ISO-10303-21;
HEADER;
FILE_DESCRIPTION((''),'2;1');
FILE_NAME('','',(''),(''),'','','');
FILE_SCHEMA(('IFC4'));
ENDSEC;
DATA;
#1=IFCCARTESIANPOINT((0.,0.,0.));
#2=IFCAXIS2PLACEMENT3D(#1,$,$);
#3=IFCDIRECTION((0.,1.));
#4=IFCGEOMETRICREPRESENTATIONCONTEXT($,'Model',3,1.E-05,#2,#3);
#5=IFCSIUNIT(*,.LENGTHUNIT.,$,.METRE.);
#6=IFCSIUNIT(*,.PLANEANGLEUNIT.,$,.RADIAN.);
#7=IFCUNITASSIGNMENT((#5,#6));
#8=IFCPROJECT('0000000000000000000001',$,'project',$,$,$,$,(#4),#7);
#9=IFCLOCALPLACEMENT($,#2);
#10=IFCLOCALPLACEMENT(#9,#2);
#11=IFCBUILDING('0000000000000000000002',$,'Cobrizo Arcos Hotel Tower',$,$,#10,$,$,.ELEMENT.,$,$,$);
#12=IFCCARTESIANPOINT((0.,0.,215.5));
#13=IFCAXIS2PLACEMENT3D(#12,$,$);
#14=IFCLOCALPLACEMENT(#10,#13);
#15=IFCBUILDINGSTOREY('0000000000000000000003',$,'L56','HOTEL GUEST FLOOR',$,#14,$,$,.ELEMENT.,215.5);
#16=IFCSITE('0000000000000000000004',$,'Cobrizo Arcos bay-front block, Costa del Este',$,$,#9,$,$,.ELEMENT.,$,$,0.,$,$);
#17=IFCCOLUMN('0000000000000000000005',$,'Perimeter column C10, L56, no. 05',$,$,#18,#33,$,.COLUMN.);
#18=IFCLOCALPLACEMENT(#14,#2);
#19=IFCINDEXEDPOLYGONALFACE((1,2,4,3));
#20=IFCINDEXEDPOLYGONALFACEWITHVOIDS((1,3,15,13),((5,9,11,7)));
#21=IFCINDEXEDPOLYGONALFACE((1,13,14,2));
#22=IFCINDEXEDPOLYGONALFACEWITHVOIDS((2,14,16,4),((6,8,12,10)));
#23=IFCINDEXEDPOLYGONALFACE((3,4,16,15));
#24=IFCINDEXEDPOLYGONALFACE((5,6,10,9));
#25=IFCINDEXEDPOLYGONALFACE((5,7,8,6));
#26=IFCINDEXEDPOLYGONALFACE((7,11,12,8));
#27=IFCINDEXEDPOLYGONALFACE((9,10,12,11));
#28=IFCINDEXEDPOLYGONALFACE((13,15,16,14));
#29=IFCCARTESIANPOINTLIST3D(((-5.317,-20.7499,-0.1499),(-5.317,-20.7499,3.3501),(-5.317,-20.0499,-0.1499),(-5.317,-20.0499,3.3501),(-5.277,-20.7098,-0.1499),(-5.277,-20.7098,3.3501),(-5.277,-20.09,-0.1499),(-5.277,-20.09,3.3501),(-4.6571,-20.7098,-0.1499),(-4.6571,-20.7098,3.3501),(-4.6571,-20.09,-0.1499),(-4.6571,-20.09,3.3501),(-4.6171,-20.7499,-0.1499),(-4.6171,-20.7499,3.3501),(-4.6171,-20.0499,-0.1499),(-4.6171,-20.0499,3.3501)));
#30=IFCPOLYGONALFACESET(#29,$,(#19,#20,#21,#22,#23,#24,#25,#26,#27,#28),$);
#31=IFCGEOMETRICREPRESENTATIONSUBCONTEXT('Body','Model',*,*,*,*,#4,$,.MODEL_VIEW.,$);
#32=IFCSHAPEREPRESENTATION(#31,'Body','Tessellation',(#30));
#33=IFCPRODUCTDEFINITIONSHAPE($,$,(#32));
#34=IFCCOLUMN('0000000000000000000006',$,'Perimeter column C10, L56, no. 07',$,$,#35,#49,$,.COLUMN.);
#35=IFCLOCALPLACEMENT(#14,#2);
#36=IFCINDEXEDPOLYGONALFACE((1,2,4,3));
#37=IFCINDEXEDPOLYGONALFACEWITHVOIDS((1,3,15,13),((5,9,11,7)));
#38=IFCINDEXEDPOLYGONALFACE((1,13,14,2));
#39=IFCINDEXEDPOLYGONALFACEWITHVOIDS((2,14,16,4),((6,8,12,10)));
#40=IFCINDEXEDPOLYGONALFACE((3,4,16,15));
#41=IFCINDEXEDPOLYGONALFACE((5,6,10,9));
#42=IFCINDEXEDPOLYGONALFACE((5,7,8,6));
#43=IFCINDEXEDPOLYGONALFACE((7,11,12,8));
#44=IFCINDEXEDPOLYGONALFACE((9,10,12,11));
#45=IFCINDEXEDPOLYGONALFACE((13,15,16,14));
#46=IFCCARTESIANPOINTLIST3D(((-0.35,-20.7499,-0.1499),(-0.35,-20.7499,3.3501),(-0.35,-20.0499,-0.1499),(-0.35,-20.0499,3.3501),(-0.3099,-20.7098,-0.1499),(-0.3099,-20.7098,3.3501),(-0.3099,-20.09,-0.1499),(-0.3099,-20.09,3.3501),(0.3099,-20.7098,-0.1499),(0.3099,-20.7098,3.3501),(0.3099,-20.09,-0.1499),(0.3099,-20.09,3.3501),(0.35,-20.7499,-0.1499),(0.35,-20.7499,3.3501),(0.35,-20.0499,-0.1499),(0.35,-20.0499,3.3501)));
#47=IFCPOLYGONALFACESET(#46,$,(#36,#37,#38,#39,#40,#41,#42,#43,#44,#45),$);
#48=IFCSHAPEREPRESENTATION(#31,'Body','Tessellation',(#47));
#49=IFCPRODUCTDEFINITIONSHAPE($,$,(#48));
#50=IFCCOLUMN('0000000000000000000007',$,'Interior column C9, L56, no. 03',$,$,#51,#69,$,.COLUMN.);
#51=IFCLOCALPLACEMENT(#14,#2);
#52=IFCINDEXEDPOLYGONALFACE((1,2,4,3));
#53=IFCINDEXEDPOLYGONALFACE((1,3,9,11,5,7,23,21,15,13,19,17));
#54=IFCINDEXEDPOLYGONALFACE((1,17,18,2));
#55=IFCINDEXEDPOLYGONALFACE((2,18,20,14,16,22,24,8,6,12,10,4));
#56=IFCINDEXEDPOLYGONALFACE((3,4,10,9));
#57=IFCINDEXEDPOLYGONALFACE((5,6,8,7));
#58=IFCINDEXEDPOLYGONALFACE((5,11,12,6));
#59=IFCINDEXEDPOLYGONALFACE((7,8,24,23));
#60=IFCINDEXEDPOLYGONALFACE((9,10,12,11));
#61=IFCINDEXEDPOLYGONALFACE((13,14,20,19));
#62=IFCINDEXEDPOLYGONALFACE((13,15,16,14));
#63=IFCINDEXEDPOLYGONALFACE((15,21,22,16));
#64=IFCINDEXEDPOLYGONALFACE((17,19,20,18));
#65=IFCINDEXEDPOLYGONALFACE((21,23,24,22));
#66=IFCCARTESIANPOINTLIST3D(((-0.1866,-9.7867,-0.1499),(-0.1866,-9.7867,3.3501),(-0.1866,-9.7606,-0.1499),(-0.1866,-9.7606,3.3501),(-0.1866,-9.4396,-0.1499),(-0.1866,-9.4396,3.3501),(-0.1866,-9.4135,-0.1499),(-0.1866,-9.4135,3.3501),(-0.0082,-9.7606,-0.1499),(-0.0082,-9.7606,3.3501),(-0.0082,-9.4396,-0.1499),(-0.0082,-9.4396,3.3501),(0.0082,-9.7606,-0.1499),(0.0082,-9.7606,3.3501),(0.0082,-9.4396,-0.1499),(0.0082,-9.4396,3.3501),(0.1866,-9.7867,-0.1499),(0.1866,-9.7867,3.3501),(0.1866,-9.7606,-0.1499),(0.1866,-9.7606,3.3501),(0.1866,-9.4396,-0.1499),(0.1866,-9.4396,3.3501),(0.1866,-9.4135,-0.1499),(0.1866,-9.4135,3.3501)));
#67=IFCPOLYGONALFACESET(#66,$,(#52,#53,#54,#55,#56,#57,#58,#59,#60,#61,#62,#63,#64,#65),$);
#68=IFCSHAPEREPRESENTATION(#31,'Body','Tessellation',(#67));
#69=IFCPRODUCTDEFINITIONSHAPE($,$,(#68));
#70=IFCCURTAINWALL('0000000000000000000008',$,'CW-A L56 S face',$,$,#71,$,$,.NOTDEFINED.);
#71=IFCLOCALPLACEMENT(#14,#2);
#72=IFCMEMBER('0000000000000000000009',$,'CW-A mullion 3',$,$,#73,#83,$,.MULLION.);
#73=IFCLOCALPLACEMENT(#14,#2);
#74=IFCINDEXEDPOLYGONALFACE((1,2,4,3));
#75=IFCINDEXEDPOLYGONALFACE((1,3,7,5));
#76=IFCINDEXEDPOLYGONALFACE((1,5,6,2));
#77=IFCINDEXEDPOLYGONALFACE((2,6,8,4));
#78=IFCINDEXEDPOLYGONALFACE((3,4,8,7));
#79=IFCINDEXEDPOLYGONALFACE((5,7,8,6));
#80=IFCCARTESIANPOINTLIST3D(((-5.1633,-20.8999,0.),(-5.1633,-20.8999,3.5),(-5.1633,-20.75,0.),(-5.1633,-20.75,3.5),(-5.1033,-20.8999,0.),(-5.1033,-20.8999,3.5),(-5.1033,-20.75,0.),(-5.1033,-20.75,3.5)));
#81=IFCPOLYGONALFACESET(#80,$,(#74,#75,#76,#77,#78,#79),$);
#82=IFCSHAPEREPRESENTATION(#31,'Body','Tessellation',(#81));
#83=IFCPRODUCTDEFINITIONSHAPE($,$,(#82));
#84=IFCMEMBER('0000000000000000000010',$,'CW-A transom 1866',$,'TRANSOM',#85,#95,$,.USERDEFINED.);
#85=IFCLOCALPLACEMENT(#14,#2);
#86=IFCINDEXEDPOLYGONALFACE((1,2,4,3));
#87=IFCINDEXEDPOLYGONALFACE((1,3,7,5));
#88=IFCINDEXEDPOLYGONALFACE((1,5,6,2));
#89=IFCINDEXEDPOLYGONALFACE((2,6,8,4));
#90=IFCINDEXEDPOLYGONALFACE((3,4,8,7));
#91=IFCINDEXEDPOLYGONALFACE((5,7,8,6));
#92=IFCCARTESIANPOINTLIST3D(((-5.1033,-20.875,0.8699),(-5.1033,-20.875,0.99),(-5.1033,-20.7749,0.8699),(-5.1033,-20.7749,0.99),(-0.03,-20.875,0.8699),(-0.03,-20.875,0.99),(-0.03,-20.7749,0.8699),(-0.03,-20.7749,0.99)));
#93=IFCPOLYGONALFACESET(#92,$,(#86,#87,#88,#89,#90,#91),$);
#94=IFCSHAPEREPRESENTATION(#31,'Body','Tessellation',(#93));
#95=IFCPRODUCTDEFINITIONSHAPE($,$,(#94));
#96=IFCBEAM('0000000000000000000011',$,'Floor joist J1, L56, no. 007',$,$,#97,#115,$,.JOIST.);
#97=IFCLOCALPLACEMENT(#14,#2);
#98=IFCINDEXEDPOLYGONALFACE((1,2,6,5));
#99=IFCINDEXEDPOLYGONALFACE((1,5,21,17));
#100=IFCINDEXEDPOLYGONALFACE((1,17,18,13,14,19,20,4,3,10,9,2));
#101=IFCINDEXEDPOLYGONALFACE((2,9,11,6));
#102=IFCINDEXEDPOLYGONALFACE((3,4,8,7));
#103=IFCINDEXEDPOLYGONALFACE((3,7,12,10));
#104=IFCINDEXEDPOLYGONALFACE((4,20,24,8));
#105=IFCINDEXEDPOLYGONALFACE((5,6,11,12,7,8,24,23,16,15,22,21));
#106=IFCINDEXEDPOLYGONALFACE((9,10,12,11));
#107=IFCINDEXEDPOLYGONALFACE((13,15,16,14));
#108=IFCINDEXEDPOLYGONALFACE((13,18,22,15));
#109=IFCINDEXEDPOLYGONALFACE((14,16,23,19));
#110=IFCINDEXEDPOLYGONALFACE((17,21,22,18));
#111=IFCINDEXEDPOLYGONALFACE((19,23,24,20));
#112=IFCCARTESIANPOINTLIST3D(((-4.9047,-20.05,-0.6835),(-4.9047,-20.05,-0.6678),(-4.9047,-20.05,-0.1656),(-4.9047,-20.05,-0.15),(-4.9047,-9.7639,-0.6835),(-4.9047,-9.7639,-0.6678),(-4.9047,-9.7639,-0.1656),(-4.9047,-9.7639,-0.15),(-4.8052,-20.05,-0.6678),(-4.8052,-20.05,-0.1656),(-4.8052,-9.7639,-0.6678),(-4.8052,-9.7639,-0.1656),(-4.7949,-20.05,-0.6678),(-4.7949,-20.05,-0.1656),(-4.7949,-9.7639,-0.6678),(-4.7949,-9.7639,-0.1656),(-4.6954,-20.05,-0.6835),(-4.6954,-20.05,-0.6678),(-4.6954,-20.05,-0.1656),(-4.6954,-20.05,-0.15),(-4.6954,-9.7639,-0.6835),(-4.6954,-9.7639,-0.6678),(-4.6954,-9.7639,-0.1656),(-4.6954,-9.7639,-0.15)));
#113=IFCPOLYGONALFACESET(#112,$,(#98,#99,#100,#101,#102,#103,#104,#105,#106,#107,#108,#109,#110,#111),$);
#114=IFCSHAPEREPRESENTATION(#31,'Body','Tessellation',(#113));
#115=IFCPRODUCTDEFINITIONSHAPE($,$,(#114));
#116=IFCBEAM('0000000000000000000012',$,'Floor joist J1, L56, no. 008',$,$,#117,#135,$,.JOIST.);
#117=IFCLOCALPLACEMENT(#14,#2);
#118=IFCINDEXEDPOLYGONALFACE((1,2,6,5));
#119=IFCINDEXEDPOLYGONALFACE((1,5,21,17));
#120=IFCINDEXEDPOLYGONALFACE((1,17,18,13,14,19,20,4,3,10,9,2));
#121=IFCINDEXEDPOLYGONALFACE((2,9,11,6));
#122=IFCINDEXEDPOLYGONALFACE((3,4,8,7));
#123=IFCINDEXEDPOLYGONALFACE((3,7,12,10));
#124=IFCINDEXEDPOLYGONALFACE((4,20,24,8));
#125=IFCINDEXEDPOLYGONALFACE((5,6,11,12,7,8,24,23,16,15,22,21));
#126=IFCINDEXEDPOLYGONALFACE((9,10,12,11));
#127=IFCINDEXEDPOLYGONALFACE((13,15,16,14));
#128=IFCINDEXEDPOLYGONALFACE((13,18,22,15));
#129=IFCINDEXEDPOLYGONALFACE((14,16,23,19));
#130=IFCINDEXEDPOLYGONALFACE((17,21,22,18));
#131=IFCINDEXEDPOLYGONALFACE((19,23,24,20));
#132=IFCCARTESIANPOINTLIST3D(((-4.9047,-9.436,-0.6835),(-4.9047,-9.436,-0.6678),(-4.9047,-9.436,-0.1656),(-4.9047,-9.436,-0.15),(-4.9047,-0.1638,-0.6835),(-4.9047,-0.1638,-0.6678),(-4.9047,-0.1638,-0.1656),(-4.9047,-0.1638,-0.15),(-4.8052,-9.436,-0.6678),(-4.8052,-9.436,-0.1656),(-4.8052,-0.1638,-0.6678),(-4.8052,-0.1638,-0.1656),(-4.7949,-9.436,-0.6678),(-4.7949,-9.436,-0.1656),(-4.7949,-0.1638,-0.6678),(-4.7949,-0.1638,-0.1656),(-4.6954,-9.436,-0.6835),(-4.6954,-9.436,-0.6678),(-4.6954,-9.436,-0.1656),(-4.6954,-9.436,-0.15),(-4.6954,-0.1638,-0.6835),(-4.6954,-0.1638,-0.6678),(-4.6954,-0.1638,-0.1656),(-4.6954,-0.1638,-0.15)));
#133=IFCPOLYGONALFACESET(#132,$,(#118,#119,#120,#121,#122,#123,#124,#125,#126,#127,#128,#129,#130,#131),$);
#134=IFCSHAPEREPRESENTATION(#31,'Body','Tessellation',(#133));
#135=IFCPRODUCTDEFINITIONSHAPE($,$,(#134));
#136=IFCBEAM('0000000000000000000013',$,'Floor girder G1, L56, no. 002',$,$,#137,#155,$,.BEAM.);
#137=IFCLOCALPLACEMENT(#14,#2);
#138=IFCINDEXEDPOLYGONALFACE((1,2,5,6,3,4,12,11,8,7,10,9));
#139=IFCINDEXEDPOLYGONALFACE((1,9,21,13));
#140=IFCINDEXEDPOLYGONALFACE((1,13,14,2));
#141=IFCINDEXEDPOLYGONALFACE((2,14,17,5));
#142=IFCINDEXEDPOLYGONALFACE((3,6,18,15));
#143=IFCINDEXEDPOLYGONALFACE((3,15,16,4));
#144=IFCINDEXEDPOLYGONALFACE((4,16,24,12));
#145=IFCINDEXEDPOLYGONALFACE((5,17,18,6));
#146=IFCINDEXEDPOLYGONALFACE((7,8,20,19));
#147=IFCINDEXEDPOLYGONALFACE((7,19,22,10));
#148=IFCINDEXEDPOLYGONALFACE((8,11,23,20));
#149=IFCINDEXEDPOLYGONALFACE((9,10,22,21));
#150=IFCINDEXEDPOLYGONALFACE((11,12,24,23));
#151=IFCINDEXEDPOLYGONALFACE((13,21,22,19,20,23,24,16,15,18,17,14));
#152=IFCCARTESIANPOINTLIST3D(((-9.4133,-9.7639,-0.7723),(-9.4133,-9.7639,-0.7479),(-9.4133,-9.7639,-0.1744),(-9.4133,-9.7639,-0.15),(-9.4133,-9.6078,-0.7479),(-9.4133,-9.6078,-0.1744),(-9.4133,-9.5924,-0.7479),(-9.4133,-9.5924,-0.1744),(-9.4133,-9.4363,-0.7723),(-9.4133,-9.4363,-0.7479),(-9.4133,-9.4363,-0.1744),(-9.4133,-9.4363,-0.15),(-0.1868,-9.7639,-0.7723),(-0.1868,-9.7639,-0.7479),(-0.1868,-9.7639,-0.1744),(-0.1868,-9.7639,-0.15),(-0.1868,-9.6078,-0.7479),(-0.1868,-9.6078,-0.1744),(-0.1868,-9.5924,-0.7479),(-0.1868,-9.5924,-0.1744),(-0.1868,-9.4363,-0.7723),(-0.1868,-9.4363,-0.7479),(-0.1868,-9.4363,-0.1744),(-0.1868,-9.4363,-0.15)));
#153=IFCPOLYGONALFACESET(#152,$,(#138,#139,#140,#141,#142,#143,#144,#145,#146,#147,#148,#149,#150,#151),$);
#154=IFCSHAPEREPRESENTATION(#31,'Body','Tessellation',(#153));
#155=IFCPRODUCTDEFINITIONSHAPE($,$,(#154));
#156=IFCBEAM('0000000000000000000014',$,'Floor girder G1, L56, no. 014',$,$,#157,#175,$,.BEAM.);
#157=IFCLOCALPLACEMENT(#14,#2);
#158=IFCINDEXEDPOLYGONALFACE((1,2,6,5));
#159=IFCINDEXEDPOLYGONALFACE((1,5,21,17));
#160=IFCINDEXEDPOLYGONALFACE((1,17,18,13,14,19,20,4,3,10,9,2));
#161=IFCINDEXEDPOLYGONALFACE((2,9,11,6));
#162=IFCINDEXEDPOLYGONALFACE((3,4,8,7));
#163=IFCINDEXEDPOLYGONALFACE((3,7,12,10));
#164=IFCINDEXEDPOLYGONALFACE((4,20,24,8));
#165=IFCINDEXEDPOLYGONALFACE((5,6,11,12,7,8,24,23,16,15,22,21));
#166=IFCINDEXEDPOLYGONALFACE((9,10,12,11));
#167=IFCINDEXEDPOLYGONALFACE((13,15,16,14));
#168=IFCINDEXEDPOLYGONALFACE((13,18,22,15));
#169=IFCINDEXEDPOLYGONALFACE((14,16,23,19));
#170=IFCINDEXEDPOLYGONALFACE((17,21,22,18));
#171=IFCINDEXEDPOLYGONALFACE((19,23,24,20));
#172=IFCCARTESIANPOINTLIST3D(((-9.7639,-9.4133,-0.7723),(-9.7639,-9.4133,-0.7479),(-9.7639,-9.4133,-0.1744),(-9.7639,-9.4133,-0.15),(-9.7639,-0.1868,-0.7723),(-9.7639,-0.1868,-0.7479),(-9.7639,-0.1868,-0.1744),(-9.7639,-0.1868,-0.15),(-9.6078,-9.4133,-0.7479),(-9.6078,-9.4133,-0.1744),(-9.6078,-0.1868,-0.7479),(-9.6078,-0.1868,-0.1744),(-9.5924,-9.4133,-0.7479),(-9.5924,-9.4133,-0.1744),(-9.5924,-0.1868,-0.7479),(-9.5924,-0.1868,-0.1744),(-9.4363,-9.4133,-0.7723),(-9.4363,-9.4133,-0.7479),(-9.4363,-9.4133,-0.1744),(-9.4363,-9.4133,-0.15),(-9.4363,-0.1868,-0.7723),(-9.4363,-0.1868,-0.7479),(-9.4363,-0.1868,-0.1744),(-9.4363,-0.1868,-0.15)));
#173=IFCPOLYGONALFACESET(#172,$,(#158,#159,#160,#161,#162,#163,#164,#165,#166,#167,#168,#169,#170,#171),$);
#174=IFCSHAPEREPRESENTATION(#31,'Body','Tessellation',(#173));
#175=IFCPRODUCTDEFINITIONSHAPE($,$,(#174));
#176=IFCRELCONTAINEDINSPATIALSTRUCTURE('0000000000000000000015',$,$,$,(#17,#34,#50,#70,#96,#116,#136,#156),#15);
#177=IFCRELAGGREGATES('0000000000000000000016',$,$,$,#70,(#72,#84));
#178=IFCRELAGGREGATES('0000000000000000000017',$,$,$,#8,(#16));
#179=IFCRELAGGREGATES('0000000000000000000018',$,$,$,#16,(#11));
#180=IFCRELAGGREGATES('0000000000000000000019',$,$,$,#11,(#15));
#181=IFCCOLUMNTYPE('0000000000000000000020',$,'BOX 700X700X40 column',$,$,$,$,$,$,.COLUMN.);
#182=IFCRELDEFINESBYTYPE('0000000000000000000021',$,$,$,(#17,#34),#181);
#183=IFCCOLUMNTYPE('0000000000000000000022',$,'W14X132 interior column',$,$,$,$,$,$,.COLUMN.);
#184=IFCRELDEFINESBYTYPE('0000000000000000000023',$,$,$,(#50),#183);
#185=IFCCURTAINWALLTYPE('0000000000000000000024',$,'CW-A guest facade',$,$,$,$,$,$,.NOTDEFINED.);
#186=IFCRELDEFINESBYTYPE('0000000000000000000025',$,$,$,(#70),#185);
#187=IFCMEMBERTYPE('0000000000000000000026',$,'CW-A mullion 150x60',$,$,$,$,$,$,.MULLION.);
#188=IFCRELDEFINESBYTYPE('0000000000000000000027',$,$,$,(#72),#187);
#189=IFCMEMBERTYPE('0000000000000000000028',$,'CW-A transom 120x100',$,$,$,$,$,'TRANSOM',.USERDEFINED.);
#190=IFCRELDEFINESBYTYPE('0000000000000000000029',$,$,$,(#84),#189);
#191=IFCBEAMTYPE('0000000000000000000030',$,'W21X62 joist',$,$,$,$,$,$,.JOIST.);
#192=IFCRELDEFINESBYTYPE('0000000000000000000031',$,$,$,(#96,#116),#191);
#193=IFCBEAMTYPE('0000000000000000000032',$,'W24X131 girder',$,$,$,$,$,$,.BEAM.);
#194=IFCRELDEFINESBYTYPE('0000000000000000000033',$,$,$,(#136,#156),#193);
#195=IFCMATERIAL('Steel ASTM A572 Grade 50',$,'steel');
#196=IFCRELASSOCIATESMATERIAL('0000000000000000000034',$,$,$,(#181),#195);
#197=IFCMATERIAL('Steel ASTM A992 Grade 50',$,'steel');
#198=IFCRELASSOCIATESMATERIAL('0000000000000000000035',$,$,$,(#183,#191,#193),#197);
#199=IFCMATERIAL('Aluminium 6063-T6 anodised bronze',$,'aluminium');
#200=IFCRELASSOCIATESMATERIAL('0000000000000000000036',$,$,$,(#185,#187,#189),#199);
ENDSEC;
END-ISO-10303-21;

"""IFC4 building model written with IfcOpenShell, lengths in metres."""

from ifc_helpers import new_model, si_unit, direction, frame, origin, origin_2d, place, context, subcontext, project, spatial, rectangle, hollow_rectangle, i_section, extrude, material, material_profile, profile_set, type_object, element, aggregate, save


model = new_model("IFC4")

# Units and contexts
model_context = context("Model", 3, precision=1e-05, world=origin(), true_north=direction((0.0, 1.0)))
body_context = subcontext(model_context, "Body", "Model", "MODEL_VIEW")
ifc_project = project(units=[si_unit("LENGTHUNIT", "METRE"), si_unit("PLANEANGLEUNIT", "RADIAN")], contexts=[model_context])

# Site, building, storey
site_placement = place(None, origin())
site = spatial("IfcSite", under=ifc_project, at=site_placement, Name="Cobrizo Arcos bay-front block, Costa del Este", CompositionType="ELEMENT", RefElevation=0.0)
building_placement = place(site_placement, origin())
building = spatial("IfcBuilding", under=site, at=building_placement, Name="Cobrizo Arcos Hotel Tower", CompositionType="ELEMENT")
storey_placement = place(building_placement, frame((0.0, 0.0, 215.5)))
storey = spatial("IfcBuildingStorey", under=building, at=storey_placement, Name="L56", Description="HOTEL GUEST FLOOR", CompositionType="ELEMENT", Elevation=215.5)

# Columns
ifc_material_1 = material(Name="Steel ASTM A572 Grade 50", Category="steel")
ifc_material_profile_1 = material_profile(ifc_material_1, hollow_rectangle(XDim=0.7, YDim=0.7, WallThickness=0.04, at=origin_2d()), Name="BOX 700X700X40")
ifc_profile_set_1 = profile_set([ifc_material_profile_1], Name="Steel ASTM A572 Grade 50")
column_type_1 = type_object("IfcColumnType", Name="BOX 700X700X40 column", PredefinedType="COLUMN", material=ifc_profile_set_1)
for number, where, z_axis, x_axis, name in (
    (1, (-4.967, -20.3999, -0.1499), (0.0, 0.0, 1.0), (1.0, 0.0, 0.0), "Perimeter column C10, L56, no. 05"),
    (2, (0.0, -20.3999, -0.1499), (0.0, 0.0, 1.0), (1.0, 0.0, 0.0), "Perimeter column C10, L56, no. 07"),
):
    element("IfcColumn", number, at=place(storey_placement, frame(where, z_axis=z_axis, x_axis=x_axis)), inside=storey, type_object=column_type_1, Name=name, PredefinedType="COLUMN", context=body_context, shape_type="SweptSolid", body=[
        extrude(hollow_rectangle(XDim=0.7, YDim=0.7, WallThickness=0.04, at=origin_2d()), origin(), (0.0, 0.0, 1.0), 3.5),
    ])
ifc_material_2 = material(Name="Steel ASTM A992 Grade 50", Category="steel")
ifc_material_profile_2 = material_profile(ifc_material_2, i_section(OverallWidth=0.3733, OverallDepth=0.3733, WebThickness=0.0164, FlangeThickness=0.0261, at=origin_2d()), Name="W14X132")
ifc_profile_set_2 = profile_set([ifc_material_profile_2], Name="Steel ASTM A992 Grade 50")
column_type_2 = type_object("IfcColumnType", Name="W14X132 interior column", PredefinedType="COLUMN", material=ifc_profile_set_2)
column_placement = place(storey_placement, frame((0.0, -9.6001, -0.1499), z_axis=(0.0, 0.0, 1.0), x_axis=(1.0, 0.0, 0.0)))
element("IfcColumn", 3, at=column_placement, inside=storey, type_object=column_type_2, Name="Interior column C9, L56, no. 03", PredefinedType="COLUMN", context=body_context, shape_type="SweptSolid", body=[
    extrude(i_section(OverallWidth=0.3733, OverallDepth=0.3733, WebThickness=0.0164, FlangeThickness=0.0261, at=origin_2d()), origin(), (0.0, 0.0, 1.0), 3.5),
])

# Curtain wall, members
ifc_material_3 = material(Name="Aluminium 6063-T6 anodised bronze", Category="aluminium")
curtain_wall_type = type_object("IfcCurtainWallType", Name="CW-A guest facade", PredefinedType="NOTDEFINED", material=ifc_material_3)
curtain_wall_placement = place(storey_placement, origin())
curtain_wall = element("IfcCurtainWall", 4, at=curtain_wall_placement, inside=storey, type_object=curtain_wall_type, Name="CW-A L56 S face", PredefinedType="NOTDEFINED")
ifc_material_profile_3 = material_profile(ifc_material_3, rectangle(XDim=0.1499, YDim=0.0601, at=origin_2d()), Name="CW-A mullion 150x60")
ifc_profile_set_3 = profile_set([ifc_material_profile_3], Name="Aluminium 6063-T6 anodised bronze")
member_type_1 = type_object("IfcMemberType", Name="CW-A mullion 150x60", PredefinedType="MULLION", material=ifc_profile_set_3)
member_1_placement = place(storey_placement, frame((-5.1333, -20.825, 0.0), z_axis=(0.0, 0.0, 1.0), x_axis=(0.0, -1.0, 0.0)))
member_1 = element("IfcMember", 5, at=member_1_placement, type_object=member_type_1, Name="CW-A mullion 3", PredefinedType="MULLION", context=body_context, shape_type="SweptSolid", body=[
    extrude(rectangle(XDim=0.1499, YDim=0.0601, at=origin_2d()), origin(), (0.0, 0.0, 1.0), 3.5),
])
ifc_material_profile_4 = material_profile(ifc_material_3, rectangle(XDim=0.1001, YDim=0.1201, at=origin_2d()), Name="CW-A transom 120x100")
ifc_profile_set_4 = profile_set([ifc_material_profile_4], Name="Aluminium 6063-T6 anodised bronze")
member_type_2 = type_object("IfcMemberType", Name="CW-A transom 120x100", ElementType="TRANSOM", PredefinedType="USERDEFINED", material=ifc_profile_set_4)
member_2_placement = place(storey_placement, frame((-5.1033, -20.825, 0.9299), z_axis=(1.0, 0.0, 0.0), x_axis=(0.0, 1.0, 0.0)))
member_2 = element("IfcMember", 6, at=member_2_placement, type_object=member_type_2, Name="CW-A transom 1866", ObjectType="TRANSOM", PredefinedType="USERDEFINED", context=body_context, shape_type="SweptSolid", body=[
    extrude(rectangle(XDim=0.1001, YDim=0.1201, at=origin_2d()), origin(), (0.0, 0.0, 1.0), 5.0732),
])

# Beams
ifc_material_profile_5 = material_profile(ifc_material_2, i_section(OverallWidth=0.2092, OverallDepth=0.5334, WebThickness=0.0103, FlangeThickness=0.0156, at=origin_2d()), Name="W21X62")
ifc_profile_set_5 = profile_set([ifc_material_profile_5], Name="Steel ASTM A992 Grade 50")
beam_type_1 = type_object("IfcBeamType", Name="W21X62 joist", PredefinedType="JOIST", material=ifc_profile_set_5)
beam_1_placement = place(storey_placement, frame((-4.8, -20.05, -0.4167), z_axis=(0.0, 1.0, 0.0), x_axis=(-1.0, 0.0, 0.0)))
element("IfcBeam", 7, at=beam_1_placement, inside=storey, type_object=beam_type_1, Name="Floor joist J1, L56, no. 007", PredefinedType="JOIST", context=body_context, shape_type="SweptSolid", body=[
    extrude(i_section(OverallWidth=0.2092, OverallDepth=0.5334, WebThickness=0.0103, FlangeThickness=0.0156, at=origin_2d()), origin(), (0.0, 0.0, 1.0), 10.2861),
])
beam_2_placement = place(storey_placement, frame((-4.8, -9.436, -0.4167), z_axis=(0.0, 1.0, 0.0), x_axis=(-1.0, 0.0, 0.0)))
element("IfcBeam", 8, at=beam_2_placement, inside=storey, type_object=beam_type_1, Name="Floor joist J1, L56, no. 008", PredefinedType="JOIST", context=body_context, shape_type="SweptSolid", body=[
    extrude(i_section(OverallWidth=0.2092, OverallDepth=0.5334, WebThickness=0.0103, FlangeThickness=0.0156, at=origin_2d()), origin(), (0.0, 0.0, 1.0), 9.2722),
])
ifc_material_profile_6 = material_profile(ifc_material_2, i_section(OverallWidth=0.3276, OverallDepth=0.6223, WebThickness=0.0154, FlangeThickness=0.0244, at=origin_2d()), Name="W24X131")
ifc_profile_set_6 = profile_set([ifc_material_profile_6], Name="Steel ASTM A992 Grade 50")
beam_type_2 = type_object("IfcBeamType", Name="W24X131 girder", PredefinedType="BEAM", material=ifc_profile_set_6)
for number, where, z_axis, x_axis, name in (
    (9, (-9.4133, -9.6001, -0.4612), (1.0, 0.0, 0.0), (0.0, 1.0, 0.0), "Floor girder G1, L56, no. 002"),
    (10, (-9.6001, -9.4133, -0.4612), (0.0, 1.0, 0.0), (-1.0, 0.0, 0.0), "Floor girder G1, L56, no. 014"),
):
    element("IfcBeam", number, at=place(storey_placement, frame(where, z_axis=z_axis, x_axis=x_axis)), inside=storey, type_object=beam_type_2, Name=name, PredefinedType="BEAM", context=body_context, shape_type="SweptSolid", body=[
        extrude(i_section(OverallWidth=0.3276, OverallDepth=0.6223, WebThickness=0.0154, FlangeThickness=0.0244, at=origin_2d()), origin(), (0.0, 0.0, 1.0), 9.2266),
    ])

aggregate(curtain_wall, [member_1, member_2])

save(model, "model.ifc")
